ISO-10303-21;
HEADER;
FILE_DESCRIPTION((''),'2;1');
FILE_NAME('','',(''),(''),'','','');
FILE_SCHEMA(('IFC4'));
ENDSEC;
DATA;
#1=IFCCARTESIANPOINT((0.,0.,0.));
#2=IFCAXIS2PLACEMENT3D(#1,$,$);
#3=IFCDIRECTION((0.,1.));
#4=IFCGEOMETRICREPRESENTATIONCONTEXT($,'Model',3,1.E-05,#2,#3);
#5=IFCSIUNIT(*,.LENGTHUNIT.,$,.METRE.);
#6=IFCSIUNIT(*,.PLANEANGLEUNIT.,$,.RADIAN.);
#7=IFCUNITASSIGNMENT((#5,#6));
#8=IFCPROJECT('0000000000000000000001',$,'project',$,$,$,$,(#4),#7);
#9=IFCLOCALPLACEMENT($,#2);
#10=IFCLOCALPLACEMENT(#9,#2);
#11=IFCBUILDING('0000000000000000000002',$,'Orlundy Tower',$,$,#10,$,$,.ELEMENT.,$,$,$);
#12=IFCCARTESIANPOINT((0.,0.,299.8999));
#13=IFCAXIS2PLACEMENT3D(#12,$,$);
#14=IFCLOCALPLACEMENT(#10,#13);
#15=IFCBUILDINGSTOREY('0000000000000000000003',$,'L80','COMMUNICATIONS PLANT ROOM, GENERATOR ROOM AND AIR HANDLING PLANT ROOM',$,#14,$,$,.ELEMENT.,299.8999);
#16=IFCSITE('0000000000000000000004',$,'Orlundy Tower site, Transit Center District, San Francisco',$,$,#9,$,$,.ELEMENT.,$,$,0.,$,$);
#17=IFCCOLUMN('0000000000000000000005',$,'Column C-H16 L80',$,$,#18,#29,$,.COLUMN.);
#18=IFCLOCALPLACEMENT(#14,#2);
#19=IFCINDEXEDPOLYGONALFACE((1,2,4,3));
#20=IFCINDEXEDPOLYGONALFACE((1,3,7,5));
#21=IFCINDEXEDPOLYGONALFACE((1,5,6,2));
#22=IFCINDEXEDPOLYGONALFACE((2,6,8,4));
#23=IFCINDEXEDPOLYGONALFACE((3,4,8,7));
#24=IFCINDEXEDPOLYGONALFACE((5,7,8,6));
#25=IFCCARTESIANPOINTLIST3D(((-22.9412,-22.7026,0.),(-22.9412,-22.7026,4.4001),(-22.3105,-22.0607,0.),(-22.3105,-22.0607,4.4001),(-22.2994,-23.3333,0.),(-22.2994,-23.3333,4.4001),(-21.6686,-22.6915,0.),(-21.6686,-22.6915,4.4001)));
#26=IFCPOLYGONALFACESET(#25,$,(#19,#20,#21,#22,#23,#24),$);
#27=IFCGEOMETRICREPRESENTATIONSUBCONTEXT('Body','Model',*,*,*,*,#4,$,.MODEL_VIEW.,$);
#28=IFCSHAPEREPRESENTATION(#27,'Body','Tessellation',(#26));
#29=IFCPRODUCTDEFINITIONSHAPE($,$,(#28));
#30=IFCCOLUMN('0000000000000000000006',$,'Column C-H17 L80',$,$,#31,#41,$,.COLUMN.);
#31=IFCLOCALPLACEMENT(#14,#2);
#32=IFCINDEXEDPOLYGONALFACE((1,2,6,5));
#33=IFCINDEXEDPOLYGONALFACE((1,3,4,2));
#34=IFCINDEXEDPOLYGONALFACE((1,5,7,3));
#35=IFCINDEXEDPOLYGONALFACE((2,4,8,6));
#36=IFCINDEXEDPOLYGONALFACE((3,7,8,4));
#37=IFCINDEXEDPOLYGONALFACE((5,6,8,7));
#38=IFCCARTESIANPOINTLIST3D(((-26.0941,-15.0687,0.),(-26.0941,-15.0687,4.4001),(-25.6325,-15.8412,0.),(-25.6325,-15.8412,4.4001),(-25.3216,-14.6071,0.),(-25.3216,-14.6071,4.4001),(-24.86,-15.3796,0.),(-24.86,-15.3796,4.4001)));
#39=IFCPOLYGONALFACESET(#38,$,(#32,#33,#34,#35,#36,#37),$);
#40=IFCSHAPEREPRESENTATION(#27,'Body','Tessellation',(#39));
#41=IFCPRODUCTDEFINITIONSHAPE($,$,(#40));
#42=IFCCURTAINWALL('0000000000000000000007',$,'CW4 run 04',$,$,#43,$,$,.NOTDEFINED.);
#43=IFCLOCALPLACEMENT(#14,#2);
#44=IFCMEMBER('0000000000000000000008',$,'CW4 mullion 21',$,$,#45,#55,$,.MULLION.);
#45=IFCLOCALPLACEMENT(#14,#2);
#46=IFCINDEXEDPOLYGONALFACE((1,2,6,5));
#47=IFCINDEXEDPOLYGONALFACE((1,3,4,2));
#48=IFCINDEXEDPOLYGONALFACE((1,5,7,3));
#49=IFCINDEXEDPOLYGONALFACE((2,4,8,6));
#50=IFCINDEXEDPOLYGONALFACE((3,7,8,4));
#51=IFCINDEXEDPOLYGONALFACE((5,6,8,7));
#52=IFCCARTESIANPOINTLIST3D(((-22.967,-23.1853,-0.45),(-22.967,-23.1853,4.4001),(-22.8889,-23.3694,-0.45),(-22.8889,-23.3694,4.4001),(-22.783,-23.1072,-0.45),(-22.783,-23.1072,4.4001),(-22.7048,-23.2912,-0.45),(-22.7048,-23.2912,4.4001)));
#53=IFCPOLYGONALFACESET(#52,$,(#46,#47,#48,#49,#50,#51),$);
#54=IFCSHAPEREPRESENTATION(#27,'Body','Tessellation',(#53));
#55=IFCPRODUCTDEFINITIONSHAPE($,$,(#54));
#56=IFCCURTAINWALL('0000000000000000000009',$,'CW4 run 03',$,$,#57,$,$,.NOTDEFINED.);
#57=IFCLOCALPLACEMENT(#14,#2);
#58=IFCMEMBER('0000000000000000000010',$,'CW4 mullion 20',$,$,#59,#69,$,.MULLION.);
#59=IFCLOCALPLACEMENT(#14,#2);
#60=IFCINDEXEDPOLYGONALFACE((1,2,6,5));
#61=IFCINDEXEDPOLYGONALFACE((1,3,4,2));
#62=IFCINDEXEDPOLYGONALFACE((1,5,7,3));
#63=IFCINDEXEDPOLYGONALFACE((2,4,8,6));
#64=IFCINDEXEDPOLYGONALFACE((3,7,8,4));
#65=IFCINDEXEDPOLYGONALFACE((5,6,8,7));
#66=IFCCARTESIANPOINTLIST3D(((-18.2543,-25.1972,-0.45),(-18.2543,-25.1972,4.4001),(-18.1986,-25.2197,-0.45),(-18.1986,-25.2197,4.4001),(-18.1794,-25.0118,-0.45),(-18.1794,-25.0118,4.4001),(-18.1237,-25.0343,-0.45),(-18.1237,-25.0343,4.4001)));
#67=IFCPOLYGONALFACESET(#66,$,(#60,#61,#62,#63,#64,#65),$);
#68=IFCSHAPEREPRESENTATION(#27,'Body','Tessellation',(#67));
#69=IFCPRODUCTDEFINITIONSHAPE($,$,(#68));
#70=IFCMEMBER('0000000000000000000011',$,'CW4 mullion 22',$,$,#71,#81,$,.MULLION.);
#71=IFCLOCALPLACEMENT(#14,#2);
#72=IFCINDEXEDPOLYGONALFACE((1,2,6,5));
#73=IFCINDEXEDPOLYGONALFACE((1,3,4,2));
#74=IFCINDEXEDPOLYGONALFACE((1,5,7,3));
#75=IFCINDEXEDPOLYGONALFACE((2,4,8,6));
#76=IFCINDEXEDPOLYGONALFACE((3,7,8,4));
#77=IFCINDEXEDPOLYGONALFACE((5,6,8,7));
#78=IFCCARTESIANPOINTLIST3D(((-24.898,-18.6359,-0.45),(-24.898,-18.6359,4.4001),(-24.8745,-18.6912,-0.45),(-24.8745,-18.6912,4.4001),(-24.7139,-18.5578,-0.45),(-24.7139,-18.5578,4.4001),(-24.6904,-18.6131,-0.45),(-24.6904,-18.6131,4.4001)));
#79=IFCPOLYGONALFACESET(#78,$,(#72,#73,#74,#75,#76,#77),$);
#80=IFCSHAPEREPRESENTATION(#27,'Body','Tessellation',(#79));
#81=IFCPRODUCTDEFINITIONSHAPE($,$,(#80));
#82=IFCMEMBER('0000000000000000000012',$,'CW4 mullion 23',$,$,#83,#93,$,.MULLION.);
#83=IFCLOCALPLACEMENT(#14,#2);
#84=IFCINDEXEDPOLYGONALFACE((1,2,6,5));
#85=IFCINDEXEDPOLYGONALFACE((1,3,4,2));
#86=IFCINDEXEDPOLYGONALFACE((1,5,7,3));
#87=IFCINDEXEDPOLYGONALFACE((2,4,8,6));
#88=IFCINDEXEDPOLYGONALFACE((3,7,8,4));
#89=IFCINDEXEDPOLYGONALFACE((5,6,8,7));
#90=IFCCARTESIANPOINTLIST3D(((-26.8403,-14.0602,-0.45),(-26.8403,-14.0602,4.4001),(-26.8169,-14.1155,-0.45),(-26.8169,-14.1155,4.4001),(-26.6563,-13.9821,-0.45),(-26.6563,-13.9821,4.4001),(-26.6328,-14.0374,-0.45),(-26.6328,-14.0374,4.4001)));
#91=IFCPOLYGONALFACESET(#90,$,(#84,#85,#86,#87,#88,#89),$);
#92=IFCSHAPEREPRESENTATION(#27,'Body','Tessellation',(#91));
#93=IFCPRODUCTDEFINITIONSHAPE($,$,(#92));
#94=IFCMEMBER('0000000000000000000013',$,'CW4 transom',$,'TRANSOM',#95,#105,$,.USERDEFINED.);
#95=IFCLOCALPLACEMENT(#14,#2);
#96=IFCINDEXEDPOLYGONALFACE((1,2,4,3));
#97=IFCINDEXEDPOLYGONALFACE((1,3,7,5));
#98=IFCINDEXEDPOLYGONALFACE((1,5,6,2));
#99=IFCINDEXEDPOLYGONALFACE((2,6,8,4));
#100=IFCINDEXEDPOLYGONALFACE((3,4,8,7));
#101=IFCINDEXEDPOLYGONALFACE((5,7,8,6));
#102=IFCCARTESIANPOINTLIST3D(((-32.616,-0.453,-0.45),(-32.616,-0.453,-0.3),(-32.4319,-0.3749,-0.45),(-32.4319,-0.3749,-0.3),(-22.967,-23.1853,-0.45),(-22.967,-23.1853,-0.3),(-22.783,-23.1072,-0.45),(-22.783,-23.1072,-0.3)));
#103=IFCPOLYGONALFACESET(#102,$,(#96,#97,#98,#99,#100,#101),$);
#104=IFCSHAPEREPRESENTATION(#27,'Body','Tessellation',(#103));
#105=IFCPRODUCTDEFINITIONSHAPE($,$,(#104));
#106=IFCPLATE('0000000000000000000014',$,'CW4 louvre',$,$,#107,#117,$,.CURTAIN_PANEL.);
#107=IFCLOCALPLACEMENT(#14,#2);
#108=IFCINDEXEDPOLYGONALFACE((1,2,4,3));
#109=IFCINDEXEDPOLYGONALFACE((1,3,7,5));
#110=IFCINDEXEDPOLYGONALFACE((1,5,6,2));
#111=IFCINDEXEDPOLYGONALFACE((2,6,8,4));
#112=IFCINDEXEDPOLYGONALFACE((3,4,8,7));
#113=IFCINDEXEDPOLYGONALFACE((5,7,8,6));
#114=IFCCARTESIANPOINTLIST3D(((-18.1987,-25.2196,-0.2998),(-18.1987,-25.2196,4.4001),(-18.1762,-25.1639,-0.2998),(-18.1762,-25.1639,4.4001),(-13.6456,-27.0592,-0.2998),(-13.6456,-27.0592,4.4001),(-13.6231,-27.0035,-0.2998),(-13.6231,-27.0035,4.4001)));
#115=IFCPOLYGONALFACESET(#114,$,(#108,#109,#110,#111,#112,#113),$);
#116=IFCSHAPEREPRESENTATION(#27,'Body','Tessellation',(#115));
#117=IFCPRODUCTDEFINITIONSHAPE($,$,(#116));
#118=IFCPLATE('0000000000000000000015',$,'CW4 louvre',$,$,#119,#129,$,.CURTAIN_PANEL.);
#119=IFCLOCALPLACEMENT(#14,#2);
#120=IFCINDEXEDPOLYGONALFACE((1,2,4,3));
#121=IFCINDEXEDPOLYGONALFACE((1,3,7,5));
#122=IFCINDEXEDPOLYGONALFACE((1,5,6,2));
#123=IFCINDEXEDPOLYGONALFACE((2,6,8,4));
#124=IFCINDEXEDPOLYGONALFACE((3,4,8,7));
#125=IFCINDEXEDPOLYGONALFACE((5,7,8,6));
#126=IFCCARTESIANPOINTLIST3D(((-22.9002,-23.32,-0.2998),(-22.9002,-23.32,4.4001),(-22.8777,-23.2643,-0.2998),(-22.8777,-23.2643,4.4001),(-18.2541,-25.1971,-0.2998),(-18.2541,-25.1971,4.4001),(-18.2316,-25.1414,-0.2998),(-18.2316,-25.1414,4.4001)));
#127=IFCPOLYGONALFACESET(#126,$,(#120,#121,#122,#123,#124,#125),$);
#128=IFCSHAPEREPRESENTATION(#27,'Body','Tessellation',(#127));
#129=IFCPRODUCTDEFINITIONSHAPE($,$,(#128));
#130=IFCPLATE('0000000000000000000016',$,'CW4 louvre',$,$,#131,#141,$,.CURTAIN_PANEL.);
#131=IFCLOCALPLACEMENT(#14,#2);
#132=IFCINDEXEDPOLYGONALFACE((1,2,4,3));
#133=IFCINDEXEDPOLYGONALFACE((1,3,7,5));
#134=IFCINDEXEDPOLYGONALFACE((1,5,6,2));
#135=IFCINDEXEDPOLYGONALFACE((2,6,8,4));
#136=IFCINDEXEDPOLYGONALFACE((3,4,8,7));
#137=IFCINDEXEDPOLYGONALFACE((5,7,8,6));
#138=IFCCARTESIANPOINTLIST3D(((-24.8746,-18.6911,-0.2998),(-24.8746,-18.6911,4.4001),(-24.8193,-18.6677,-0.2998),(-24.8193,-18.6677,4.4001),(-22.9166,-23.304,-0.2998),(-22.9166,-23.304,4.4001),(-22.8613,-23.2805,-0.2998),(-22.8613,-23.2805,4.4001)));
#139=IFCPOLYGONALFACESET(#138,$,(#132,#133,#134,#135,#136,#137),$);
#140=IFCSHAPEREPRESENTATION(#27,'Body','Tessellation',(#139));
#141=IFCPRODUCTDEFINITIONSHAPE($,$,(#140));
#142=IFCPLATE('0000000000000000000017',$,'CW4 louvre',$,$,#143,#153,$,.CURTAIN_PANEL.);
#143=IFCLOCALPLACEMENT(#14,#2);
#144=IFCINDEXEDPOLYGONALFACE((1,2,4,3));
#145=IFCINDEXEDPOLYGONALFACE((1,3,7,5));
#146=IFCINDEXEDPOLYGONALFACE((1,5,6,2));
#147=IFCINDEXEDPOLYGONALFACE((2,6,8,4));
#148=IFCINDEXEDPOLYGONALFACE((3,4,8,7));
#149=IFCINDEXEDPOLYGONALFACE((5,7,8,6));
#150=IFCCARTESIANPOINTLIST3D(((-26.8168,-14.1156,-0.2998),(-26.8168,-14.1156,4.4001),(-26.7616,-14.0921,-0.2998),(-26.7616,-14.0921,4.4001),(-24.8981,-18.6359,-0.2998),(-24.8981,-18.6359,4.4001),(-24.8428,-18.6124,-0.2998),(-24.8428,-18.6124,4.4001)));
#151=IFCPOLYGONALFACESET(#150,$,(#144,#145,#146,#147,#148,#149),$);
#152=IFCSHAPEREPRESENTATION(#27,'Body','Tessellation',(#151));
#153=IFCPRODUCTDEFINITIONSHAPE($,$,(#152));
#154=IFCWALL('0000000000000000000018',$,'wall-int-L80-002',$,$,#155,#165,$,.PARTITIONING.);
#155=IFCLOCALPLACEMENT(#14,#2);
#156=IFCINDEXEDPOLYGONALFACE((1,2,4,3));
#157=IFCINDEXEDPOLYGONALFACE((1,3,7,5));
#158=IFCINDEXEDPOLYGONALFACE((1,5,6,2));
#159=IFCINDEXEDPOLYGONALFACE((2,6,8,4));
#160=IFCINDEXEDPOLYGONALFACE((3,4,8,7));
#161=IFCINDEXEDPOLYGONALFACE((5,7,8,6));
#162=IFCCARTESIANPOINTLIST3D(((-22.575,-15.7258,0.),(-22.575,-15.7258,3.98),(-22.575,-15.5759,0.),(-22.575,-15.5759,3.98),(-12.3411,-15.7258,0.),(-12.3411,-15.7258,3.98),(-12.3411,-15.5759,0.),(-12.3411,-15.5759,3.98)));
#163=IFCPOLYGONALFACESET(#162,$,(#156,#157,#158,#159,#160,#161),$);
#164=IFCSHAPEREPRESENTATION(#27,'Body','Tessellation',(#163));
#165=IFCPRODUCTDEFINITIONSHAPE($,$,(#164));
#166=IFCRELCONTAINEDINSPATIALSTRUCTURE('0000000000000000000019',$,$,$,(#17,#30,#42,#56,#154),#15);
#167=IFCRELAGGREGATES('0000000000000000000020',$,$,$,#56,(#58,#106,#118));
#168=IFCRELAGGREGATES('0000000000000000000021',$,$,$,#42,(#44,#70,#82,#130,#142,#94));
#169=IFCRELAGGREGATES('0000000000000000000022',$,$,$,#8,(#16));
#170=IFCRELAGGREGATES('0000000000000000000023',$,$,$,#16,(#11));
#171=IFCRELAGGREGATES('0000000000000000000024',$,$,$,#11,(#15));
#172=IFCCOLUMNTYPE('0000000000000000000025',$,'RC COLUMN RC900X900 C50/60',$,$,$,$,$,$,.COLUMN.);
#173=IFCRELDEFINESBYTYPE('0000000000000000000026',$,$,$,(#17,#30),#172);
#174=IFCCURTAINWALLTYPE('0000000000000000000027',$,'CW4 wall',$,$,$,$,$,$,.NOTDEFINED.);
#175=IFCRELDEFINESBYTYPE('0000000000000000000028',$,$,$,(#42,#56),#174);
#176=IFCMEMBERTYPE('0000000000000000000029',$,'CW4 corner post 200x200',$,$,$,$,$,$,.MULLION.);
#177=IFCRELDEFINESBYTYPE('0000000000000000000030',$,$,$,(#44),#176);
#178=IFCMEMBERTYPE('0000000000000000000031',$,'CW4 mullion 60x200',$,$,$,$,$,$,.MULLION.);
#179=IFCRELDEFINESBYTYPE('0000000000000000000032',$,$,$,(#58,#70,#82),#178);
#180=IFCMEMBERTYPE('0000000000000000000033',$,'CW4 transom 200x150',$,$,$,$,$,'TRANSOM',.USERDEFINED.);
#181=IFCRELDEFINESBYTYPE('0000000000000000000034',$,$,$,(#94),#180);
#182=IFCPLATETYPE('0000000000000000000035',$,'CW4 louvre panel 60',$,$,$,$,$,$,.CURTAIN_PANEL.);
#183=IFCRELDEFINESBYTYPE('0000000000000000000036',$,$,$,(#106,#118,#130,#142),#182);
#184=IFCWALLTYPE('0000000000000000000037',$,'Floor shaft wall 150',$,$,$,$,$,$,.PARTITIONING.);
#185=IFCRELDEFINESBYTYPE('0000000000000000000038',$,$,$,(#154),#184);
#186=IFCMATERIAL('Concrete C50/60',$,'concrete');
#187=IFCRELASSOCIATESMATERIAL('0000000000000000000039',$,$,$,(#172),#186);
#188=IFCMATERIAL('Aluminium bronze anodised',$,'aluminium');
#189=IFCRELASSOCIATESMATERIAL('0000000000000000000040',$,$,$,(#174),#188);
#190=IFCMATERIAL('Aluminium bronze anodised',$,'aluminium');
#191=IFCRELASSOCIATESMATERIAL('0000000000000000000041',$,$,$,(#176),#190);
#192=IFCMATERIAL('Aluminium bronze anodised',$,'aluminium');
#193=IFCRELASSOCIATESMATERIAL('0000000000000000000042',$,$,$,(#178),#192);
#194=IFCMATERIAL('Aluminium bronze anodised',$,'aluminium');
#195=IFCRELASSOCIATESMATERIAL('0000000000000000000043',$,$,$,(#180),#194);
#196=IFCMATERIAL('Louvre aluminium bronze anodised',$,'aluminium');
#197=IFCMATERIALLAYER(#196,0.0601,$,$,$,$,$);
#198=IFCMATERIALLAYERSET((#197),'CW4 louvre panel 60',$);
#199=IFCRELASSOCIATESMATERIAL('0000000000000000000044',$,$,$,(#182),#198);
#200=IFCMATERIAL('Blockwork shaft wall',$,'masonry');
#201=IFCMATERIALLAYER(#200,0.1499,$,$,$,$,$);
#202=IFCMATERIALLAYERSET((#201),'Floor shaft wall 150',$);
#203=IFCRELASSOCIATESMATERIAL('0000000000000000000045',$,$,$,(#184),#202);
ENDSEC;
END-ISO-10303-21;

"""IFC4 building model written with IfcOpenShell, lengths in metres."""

from ifc_helpers import new_model, si_unit, direction, frame, frame_2d, origin, origin_2d, place, context, subcontext, project, spatial, rectangle, extrude, material, layer, layer_set, material_profile, profile_set, type_object, element, aggregate, save


model = new_model("IFC4")

# Units and contexts
model_context = context("Model", 3, precision=1e-05, world=origin(), true_north=direction((0.0, 1.0)))
body_context = subcontext(model_context, "Body", "Model", "MODEL_VIEW")
ifc_project = project(units=[si_unit("LENGTHUNIT", "METRE"), si_unit("PLANEANGLEUNIT", "RADIAN")], contexts=[model_context])

# Site, building, storey
site_placement = place(None, origin())
site = spatial("IfcSite", under=ifc_project, at=site_placement, Name="Orlundy Tower site, Transit Center District, San Francisco", CompositionType="ELEMENT", RefElevation=0.0)
building_placement = place(site_placement, origin())
building = spatial("IfcBuilding", under=site, at=building_placement, Name="Orlundy Tower", CompositionType="ELEMENT")
storey_placement = place(building_placement, frame((0.0, 0.0, 299.8999)))
storey = spatial("IfcBuildingStorey", under=building, at=storey_placement, Name="L80", Description="COMMUNICATIONS PLANT ROOM, GENERATOR ROOM AND AIR HANDLING PLANT ROOM", CompositionType="ELEMENT", Elevation=299.8999)

# Columns
ifc_material_1 = material(Name="Concrete C50/60", Category="concrete")
ifc_material_profile_1 = material_profile(ifc_material_1, rectangle(XDim=0.8999, YDim=0.8999, at=origin_2d()), Name="RC900X900")
ifc_profile_set_1 = profile_set([ifc_material_profile_1], Name="Concrete C50/60")
column_type = type_object("IfcColumnType", Name="RC COLUMN RC900X900 C50/60", PredefinedType="COLUMN", material=ifc_profile_set_1)
for number, where, z_axis, x_axis, name in (
    (1, (-22.3049, -22.697, 0.0), (0.0, 0.0, 1.0), (-0.700922, -0.713238, 0.0), "Column C-H16 L80"),
    (2, (-25.4771, -15.2241, 0.0), (0.0, 0.0, 1.0), (-0.858414, -0.512957, 0.0), "Column C-H17 L80"),
):
    element("IfcColumn", number, at=place(storey_placement, frame(where, z_axis=z_axis, x_axis=x_axis)), inside=storey, type_object=column_type, Name=name, PredefinedType="COLUMN", context=body_context, shape_type="SweptSolid", body=[
        extrude(rectangle(XDim=0.8999, YDim=0.8999, at=origin_2d()), origin(), (0.0, 0.0, 1.0), 4.4001),
    ])

# Curtain walls, members
ifc_material_2 = material(Name="Aluminium bronze anodised", Category="aluminium")
curtain_wall_type = type_object("IfcCurtainWallType", Name="CW4 wall", PredefinedType="NOTDEFINED", material=ifc_material_2)
curtain_wall_1_placement = place(storey_placement, origin())
curtain_wall_1 = element("IfcCurtainWall", 3, at=curtain_wall_1_placement, inside=storey, type_object=curtain_wall_type, Name="CW4 run 04", PredefinedType="NOTDEFINED")
ifc_material_3 = material(Name="Aluminium bronze anodised", Category="aluminium")
ifc_material_profile_2 = material_profile(ifc_material_3, rectangle(XDim=0.2, YDim=0.2, at=origin_2d()), Name="CW4 corner post 200x200")
ifc_profile_set_2 = profile_set([ifc_material_profile_2], Name="Aluminium bronze anodised")
member_type_1 = type_object("IfcMemberType", Name="CW4 corner post 200x200", PredefinedType="MULLION", material=ifc_profile_set_2)
member_1_placement = place(storey_placement, frame((-22.8359, -23.2383, -0.45), z_axis=(0.0, 0.0, 1.0), x_axis=(-0.920507, -0.390727, 0.0)))
member_1 = element("IfcMember", 4, at=member_1_placement, type_object=member_type_1, Name="CW4 mullion 21", PredefinedType="MULLION", context=body_context, shape_type="SweptSolid", body=[
    extrude(rectangle(XDim=0.2, YDim=0.2, at=origin_2d()), origin(), (0.0, 0.0, 1.0), 4.8501),
])
curtain_wall_2_placement = place(storey_placement, origin())
curtain_wall_2 = element("IfcCurtainWall", 5, at=curtain_wall_2_placement, inside=storey, type_object=curtain_wall_type, Name="CW4 run 03", PredefinedType="NOTDEFINED")
ifc_material_4 = material(Name="Aluminium bronze anodised", Category="aluminium")
ifc_material_profile_3 = material_profile(ifc_material_4, rectangle(XDim=0.2, YDim=0.0601, at=origin_2d()), Name="CW4 mullion 60x200")
ifc_profile_set_3 = profile_set([ifc_material_profile_3], Name="Aluminium bronze anodised")
member_type_2 = type_object("IfcMemberType", Name="CW4 mullion 60x200", PredefinedType="MULLION", material=ifc_profile_set_3)
member_2_placement = place(storey_placement, frame((-18.189, -25.1157, -0.45), z_axis=(0.0, 0.0, 1.0), x_axis=(-0.374607, -0.927184, 0.0)))
member_2 = element("IfcMember", 6, at=member_2_placement, type_object=member_type_2, Name="CW4 mullion 20", PredefinedType="MULLION", context=body_context, shape_type="SweptSolid", body=[
    extrude(rectangle(XDim=0.2, YDim=0.0601, at=origin_2d()), origin(), (0.0, 0.0, 1.0), 4.8501),
])

# Members
member_3_placement = place(storey_placement, frame((-24.7942, -18.6245, -0.45), z_axis=(0.0, 0.0, 1.0), x_axis=(-0.920507, -0.390727, 0.0)))
member_3 = element("IfcMember", 7, at=member_3_placement, type_object=member_type_2, Name="CW4 mullion 22", PredefinedType="MULLION", context=body_context, shape_type="SweptSolid", body=[
    extrude(rectangle(XDim=0.2, YDim=0.0601, at=origin_2d()), origin(), (0.0, 0.0, 1.0), 4.8501),
])
member_4_placement = place(storey_placement, frame((-26.7366, -14.0488, -0.45), z_axis=(0.0, 0.0, 1.0), x_axis=(-0.920507, -0.390727, 0.0)))
member_4 = element("IfcMember", 8, at=member_4_placement, type_object=member_type_2, Name="CW4 mullion 23", PredefinedType="MULLION", context=body_context, shape_type="SweptSolid", body=[
    extrude(rectangle(XDim=0.2, YDim=0.0601, at=origin_2d()), origin(), (0.0, 0.0, 1.0), 4.8501),
])
ifc_material_5 = material(Name="Aluminium bronze anodised", Category="aluminium")
ifc_material_profile_4 = material_profile(ifc_material_5, rectangle(XDim=0.2, YDim=0.1499, at=origin_2d()), Name="CW4 transom 200x150")
ifc_profile_set_4 = profile_set([ifc_material_profile_4], Name="Aluminium bronze anodised")
member_type_3 = type_object("IfcMemberType", Name="CW4 transom 200x150", ElementType="TRANSOM", PredefinedType="USERDEFINED", material=ifc_profile_set_4)
member_5_placement = place(storey_placement, frame((-22.875, -23.1462, -0.375), z_axis=(-0.39072, 0.920509, 0.0), x_axis=(-0.920509, -0.39072, 0.0)))
member_5 = element("IfcMember", 9, at=member_5_placement, type_object=member_type_3, Name="CW4 transom", ObjectType="TRANSOM", PredefinedType="USERDEFINED", context=body_context, shape_type="SweptSolid", body=[
    extrude(rectangle(XDim=0.2, YDim=0.1499, at=origin_2d()), origin(), (0.0, 0.0, 1.0), 24.6953),
])

# Plates
ifc_material_6 = material(Name="Louvre aluminium bronze anodised", Category="aluminium")
ifc_layer_1 = layer(ifc_material_6, 0.0601)
ifc_layer_set_1 = layer_set([ifc_layer_1], Name="CW4 louvre panel 60")
plate_type = type_object("IfcPlateType", Name="CW4 louvre panel 60", PredefinedType="CURTAIN_PANEL", material=ifc_layer_set_1)
plate_1_placement = place(storey_placement, frame((-15.9109, -26.1116, -0.2998), z_axis=(0.0, 0.0, 1.0), x_axis=(-0.927184, 0.374607, 0.0)))
plate_1 = element("IfcPlate", 10, at=plate_1_placement, type_object=plate_type, Name="CW4 louvre", PredefinedType="CURTAIN_PANEL", context=body_context, shape_type="SweptSolid", body=[
    extrude(rectangle(XDim=4.9106, YDim=0.0601, at=origin_2d()), origin(), (0.0, 0.0, 1.0), 4.7),
])
plate_2_placement = place(storey_placement, frame((-20.5659, -24.2307, -0.2998), z_axis=(0.0, 0.0, 1.0), x_axis=(-0.927184, 0.374607, 0.0)))
plate_2 = element("IfcPlate", 11, at=plate_2_placement, type_object=plate_type, Name="CW4 louvre", PredefinedType="CURTAIN_PANEL", context=body_context, shape_type="SweptSolid", body=[
    extrude(rectangle(XDim=5.011, YDim=0.0601, at=origin_2d()), origin(), (0.0, 0.0, 1.0), 4.7),
])
aggregate(curtain_wall_2, [member_2, plate_1, plate_2])
plate_3_placement = place(storey_placement, frame((-23.8679, -20.9858, -0.2998), z_axis=(0.0, 0.0, 1.0), x_axis=(-0.390727, 0.920507, 0.0)))
plate_3 = element("IfcPlate", 12, at=plate_3_placement, type_object=plate_type, Name="CW4 louvre", PredefinedType="CURTAIN_PANEL", context=body_context, shape_type="SweptSolid", body=[
    extrude(rectangle(XDim=5.0112, YDim=0.0601, at=origin_2d()), origin(), (0.0, 0.0, 1.0), 4.7),
])
plate_4_placement = place(storey_placement, frame((-25.8298, -16.364, -0.2998), z_axis=(0.0, 0.0, 1.0), x_axis=(-0.390727, 0.920507, 0.0)))
plate_4 = element("IfcPlate", 13, at=plate_4_placement, type_object=plate_type, Name="CW4 louvre", PredefinedType="CURTAIN_PANEL", context=body_context, shape_type="SweptSolid", body=[
    extrude(rectangle(XDim=4.9106, YDim=0.0601, at=origin_2d()), origin(), (0.0, 0.0, 1.0), 4.7),
])
aggregate(curtain_wall_1, [member_1, member_3, member_4, plate_3, plate_4, member_5])

# Wall
ifc_material_7 = material(Name="Blockwork shaft wall", Category="masonry")
ifc_layer_2 = layer(ifc_material_7, 0.1499)
ifc_layer_set_2 = layer_set([ifc_layer_2], Name="Floor shaft wall 150")
wall_type = type_object("IfcWallType", Name="Floor shaft wall 150", PredefinedType="PARTITIONING", material=ifc_layer_set_2)
wall_1_placement = place(storey_placement, frame((-22.575, -15.6509, 0.0), z_axis=(0.0, 0.0, 1.0), x_axis=(1.0, 0.0, 0.0)))
element("IfcWall", 14, at=wall_1_placement, inside=storey, type_object=wall_type, Name="wall-int-L80-002", PredefinedType="PARTITIONING", context=body_context, shape_type="SweptSolid", body=[
    extrude(rectangle(XDim=10.2339, YDim=0.1499, at=frame_2d((5.1169, 0.0))), origin(), (0.0, 0.0, 1.0), 3.98),
])

save(model, "model.ifc")
